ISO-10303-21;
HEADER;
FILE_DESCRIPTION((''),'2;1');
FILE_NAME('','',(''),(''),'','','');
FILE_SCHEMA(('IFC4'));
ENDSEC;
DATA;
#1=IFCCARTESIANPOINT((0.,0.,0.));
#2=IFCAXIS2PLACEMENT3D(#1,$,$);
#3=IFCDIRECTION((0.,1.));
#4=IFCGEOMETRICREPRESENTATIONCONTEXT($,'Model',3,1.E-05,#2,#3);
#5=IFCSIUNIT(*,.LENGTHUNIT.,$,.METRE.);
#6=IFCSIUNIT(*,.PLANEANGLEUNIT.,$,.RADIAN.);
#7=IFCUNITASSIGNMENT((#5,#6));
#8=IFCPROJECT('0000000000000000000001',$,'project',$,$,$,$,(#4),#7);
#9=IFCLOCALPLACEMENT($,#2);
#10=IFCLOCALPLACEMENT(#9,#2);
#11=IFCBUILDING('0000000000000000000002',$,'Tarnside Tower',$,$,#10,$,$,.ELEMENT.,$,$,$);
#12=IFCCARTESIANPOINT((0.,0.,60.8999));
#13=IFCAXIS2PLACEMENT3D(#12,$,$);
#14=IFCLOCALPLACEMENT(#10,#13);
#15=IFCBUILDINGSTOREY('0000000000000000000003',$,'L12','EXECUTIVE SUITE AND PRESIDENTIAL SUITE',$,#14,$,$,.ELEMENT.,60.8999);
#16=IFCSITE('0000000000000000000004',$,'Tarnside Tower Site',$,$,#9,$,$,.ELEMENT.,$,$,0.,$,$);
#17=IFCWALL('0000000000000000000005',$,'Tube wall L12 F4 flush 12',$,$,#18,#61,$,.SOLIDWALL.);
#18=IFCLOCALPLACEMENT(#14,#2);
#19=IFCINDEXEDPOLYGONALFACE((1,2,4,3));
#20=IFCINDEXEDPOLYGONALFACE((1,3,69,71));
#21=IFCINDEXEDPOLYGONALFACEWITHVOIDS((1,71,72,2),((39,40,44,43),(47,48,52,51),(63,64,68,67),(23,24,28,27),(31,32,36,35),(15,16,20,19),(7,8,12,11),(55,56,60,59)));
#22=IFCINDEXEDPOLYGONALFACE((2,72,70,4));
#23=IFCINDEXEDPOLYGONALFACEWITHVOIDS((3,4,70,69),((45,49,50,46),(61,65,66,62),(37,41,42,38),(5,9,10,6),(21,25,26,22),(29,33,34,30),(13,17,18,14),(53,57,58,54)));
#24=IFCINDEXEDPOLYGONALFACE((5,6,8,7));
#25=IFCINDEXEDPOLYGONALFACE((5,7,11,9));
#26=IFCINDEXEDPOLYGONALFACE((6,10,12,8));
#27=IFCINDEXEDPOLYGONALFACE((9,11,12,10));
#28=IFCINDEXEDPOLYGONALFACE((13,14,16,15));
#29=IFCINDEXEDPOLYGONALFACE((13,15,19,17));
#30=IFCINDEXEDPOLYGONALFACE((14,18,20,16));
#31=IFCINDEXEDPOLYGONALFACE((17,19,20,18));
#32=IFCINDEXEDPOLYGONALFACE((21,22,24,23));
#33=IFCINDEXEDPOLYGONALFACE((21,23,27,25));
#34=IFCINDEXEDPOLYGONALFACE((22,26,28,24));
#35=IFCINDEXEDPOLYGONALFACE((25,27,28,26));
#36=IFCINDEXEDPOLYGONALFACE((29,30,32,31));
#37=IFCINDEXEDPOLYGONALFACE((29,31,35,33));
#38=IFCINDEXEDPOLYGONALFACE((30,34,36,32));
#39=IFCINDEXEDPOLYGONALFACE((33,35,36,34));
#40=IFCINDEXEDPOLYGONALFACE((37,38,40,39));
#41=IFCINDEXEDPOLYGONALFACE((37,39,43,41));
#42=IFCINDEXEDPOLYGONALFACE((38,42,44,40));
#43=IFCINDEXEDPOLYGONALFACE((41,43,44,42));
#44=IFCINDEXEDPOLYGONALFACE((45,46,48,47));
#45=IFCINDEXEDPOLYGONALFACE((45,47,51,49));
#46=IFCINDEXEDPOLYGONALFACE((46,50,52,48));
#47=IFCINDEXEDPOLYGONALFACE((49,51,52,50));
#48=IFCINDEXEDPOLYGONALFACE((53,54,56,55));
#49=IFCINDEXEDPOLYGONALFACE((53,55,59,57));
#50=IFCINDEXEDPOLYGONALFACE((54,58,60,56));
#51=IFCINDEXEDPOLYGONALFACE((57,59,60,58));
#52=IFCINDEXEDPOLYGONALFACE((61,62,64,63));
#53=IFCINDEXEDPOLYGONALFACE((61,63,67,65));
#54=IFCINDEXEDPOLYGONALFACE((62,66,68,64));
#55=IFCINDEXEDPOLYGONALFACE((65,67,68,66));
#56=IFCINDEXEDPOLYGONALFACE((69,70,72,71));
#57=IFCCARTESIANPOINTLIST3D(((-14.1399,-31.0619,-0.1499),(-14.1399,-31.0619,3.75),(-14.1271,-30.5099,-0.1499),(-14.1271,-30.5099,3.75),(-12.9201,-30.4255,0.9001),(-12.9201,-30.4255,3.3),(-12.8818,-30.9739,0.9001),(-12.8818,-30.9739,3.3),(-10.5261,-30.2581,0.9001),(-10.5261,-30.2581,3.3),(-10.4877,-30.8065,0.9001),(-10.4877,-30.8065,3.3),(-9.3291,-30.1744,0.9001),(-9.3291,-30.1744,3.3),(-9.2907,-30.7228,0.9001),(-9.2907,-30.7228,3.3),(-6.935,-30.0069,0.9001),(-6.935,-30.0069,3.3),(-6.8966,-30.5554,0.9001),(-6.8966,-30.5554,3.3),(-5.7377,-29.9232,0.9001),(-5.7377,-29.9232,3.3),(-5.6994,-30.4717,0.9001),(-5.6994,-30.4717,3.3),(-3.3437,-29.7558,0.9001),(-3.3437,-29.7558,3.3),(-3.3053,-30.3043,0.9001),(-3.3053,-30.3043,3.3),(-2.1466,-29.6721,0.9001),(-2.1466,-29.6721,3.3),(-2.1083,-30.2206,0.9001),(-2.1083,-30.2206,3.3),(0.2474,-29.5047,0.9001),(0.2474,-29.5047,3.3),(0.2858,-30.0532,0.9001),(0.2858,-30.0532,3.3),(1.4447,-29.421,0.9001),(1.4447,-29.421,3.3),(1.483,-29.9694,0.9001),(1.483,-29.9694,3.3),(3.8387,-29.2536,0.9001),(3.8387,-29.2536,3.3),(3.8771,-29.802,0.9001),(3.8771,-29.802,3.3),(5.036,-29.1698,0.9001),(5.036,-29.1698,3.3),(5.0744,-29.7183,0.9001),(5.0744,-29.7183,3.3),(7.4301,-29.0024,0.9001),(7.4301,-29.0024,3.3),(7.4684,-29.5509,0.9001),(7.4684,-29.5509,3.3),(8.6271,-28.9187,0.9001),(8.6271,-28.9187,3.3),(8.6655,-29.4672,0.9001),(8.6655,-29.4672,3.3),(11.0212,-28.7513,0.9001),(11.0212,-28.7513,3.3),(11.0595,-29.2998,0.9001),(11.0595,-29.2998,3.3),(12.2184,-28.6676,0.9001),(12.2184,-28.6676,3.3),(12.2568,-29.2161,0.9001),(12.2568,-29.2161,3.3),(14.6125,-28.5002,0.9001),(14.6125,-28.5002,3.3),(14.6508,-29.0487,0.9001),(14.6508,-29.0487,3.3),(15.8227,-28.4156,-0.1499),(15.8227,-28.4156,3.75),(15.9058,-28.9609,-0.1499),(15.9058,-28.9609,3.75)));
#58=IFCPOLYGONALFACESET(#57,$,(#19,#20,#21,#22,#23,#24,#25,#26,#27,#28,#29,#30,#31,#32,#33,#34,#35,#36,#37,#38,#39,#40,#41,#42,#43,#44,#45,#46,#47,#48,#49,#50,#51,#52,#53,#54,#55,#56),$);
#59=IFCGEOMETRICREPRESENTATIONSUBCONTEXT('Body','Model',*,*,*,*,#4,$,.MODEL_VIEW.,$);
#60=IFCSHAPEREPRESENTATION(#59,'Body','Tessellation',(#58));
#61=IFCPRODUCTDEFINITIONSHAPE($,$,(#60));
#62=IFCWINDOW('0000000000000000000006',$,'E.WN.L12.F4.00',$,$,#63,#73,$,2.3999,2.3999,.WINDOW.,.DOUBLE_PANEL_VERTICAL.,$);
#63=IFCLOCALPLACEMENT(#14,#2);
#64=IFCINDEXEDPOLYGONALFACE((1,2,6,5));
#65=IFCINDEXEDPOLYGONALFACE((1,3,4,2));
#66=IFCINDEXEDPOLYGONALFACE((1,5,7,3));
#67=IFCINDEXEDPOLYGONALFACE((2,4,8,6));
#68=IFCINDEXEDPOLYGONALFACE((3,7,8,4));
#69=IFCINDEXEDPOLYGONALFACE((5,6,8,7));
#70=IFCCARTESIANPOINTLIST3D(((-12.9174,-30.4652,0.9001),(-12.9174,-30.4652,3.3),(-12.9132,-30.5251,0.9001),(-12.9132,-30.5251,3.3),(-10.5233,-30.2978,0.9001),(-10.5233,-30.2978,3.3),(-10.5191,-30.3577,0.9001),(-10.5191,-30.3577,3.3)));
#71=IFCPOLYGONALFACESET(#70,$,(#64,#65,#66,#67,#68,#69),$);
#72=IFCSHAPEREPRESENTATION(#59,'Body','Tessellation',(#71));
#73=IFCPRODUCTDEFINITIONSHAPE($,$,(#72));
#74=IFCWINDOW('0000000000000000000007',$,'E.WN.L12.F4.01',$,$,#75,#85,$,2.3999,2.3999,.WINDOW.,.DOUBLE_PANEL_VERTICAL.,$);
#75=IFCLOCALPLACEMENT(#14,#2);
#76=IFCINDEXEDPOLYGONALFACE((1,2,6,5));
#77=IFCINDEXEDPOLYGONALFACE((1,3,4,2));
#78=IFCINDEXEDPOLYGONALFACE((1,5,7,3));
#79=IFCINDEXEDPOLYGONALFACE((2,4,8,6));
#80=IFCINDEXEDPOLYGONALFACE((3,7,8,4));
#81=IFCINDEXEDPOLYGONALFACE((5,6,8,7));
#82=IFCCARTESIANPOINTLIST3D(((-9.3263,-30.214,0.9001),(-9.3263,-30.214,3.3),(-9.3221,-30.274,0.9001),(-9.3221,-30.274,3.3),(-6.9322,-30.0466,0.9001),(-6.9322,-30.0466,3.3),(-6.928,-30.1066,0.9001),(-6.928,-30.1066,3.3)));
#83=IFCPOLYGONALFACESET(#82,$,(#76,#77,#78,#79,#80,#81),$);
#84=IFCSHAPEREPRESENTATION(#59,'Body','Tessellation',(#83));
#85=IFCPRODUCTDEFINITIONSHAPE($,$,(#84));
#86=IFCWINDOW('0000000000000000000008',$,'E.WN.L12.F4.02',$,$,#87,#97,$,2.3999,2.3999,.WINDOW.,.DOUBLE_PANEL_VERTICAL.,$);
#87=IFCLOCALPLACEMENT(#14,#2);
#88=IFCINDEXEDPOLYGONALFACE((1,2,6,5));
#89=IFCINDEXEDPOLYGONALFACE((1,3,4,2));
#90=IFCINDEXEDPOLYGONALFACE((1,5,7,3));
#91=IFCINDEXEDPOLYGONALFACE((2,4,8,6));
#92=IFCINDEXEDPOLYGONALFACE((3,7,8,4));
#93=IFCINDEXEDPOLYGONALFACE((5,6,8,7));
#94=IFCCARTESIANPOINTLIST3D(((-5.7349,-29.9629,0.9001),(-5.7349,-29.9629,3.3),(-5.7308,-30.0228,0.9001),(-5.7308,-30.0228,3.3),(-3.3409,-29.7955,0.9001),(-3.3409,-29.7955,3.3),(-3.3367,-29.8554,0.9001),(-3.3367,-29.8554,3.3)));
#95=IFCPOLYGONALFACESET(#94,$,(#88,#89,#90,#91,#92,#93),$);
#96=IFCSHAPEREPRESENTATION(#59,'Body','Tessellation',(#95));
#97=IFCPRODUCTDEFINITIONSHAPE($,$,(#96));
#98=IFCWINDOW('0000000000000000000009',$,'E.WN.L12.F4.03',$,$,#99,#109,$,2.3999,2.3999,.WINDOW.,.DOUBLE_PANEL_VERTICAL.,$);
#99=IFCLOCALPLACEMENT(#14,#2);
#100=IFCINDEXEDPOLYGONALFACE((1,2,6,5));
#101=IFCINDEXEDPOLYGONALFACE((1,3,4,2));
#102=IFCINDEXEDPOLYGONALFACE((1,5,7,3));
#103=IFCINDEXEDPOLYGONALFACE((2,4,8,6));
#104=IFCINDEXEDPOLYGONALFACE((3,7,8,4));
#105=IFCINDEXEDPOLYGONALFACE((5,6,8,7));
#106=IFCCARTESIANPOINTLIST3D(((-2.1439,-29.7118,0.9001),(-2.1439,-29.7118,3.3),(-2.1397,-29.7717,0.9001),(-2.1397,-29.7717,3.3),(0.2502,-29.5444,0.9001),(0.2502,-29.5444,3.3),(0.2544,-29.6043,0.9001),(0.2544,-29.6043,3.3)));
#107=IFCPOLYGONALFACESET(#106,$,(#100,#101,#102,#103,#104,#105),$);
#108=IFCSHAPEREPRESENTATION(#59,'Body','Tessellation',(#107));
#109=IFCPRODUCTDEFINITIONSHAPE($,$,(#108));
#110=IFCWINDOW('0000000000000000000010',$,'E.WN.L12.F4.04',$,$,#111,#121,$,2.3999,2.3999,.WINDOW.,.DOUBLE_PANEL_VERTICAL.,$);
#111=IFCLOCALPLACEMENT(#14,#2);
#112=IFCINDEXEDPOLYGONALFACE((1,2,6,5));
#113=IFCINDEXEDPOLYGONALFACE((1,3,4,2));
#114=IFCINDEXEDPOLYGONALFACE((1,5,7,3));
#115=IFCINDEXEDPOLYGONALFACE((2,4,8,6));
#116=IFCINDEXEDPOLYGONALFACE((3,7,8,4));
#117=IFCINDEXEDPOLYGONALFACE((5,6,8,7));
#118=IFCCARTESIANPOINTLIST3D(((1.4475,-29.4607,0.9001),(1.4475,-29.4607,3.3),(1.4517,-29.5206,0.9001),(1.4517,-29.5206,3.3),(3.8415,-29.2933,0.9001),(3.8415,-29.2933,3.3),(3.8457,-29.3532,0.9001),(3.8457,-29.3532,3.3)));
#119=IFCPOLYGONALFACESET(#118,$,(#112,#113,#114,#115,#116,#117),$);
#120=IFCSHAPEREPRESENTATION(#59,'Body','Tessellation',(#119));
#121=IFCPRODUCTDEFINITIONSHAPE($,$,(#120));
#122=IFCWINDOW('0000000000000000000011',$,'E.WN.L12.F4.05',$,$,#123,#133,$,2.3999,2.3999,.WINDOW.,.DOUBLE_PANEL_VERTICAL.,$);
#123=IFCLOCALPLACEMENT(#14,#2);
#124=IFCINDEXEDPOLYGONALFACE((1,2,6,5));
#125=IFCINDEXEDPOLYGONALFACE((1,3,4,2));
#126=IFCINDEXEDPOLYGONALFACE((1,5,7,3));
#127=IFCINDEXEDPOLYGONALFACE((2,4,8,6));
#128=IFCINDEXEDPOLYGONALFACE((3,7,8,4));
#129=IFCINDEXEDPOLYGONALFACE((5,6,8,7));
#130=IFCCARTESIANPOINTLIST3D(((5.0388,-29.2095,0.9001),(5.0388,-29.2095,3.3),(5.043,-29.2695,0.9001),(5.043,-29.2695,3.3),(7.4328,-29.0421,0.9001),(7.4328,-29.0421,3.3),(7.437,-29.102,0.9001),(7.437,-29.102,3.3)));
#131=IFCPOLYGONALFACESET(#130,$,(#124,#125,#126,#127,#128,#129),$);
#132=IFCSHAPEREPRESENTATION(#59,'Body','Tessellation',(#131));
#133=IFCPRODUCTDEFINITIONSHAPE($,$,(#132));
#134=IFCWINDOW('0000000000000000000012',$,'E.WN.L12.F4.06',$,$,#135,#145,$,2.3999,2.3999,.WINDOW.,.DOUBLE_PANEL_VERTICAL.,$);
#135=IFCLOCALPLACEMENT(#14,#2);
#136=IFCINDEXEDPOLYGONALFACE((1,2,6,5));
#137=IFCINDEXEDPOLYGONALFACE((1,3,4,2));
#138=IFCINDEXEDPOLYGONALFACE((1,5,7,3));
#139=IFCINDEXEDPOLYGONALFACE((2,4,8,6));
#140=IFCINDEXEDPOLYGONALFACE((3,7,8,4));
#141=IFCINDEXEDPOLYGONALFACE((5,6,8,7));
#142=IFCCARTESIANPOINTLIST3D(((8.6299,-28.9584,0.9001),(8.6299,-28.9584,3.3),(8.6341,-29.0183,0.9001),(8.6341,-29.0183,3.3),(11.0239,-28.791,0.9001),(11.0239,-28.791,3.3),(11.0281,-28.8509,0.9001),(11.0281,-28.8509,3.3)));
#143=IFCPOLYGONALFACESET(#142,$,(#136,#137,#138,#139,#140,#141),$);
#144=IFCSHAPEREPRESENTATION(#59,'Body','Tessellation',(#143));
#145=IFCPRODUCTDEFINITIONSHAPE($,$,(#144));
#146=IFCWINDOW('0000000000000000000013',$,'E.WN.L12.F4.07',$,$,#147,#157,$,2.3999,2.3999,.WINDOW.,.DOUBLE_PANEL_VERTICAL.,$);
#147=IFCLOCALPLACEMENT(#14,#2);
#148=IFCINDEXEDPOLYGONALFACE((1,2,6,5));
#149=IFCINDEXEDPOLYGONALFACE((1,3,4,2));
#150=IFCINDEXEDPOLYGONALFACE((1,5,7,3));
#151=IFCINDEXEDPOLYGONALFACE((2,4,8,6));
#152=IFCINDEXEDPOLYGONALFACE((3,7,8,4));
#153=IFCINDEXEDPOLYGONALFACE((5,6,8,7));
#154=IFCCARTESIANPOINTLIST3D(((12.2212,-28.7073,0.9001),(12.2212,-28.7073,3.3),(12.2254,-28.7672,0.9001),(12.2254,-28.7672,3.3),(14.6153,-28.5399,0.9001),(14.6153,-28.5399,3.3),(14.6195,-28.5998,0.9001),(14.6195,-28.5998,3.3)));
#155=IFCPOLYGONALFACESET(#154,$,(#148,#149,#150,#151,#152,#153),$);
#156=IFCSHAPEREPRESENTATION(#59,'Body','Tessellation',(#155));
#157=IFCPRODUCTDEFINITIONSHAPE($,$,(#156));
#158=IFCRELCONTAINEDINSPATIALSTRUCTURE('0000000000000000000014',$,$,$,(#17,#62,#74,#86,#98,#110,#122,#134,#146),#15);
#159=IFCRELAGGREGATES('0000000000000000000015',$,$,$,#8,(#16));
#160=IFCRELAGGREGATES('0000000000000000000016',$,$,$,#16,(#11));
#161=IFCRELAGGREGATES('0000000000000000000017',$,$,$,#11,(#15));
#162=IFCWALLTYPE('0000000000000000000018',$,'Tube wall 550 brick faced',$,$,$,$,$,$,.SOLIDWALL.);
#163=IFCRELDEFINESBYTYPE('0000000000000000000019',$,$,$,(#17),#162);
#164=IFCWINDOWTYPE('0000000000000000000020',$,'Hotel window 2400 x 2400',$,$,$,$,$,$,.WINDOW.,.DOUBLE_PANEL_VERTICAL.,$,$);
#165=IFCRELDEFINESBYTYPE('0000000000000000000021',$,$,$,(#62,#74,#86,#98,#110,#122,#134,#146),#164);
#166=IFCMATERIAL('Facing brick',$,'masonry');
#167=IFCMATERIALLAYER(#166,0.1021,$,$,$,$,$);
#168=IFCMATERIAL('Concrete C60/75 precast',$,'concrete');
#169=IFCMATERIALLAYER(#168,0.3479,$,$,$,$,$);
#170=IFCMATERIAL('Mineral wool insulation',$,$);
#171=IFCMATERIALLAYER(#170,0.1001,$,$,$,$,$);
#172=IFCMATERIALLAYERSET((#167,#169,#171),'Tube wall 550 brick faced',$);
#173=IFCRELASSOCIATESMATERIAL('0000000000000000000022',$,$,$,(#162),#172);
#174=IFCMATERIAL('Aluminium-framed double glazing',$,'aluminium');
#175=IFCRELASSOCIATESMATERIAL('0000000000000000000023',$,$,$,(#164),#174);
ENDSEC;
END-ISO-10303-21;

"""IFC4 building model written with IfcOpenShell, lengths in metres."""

from ifc_helpers import new_model, si_unit, direction, frame, frame_2d, origin, place, context, subcontext, project, spatial, polyline, rectangle, outline, extrude, material, layer, layer_set, type_object, element, fill, save


model = new_model("IFC4")

# Units and contexts
model_context = context("Model", 3, precision=1e-05, world=origin(), true_north=direction((0.0, 1.0)))
body_context = subcontext(model_context, "Body", "Model", "MODEL_VIEW")
ifc_project = project(units=[si_unit("LENGTHUNIT", "METRE"), si_unit("PLANEANGLEUNIT", "RADIAN")], contexts=[model_context])

# Site, building, storey
site_placement = place(None, origin())
site = spatial("IfcSite", under=ifc_project, at=site_placement, Name="Tarnside Tower Site", CompositionType="ELEMENT", RefElevation=0.0)
building_placement = place(site_placement, origin())
building = spatial("IfcBuilding", under=site, at=building_placement, Name="Tarnside Tower", CompositionType="ELEMENT")
storey_placement = place(building_placement, frame((0.0, 0.0, 60.8999)))
storey = spatial("IfcBuildingStorey", under=building, at=storey_placement, Name="L12", Description="EXECUTIVE SUITE AND PRESIDENTIAL SUITE", CompositionType="ELEMENT", Elevation=60.8999)

# Shared definitions
ifc_material_1 = material(Name="Facing brick", Category="masonry")
ifc_layer_1 = layer(ifc_material_1, 0.1021)
ifc_material_2 = material(Name="Concrete C60/75 precast", Category="concrete")
ifc_layer_2 = layer(ifc_material_2, 0.3479)
ifc_material_3 = material(Name="Mineral wool insulation")
ifc_layer_3 = layer(ifc_material_3, 0.1001)
ifc_layer_set_1 = layer_set([ifc_layer_1, ifc_layer_2, ifc_layer_3], Name="Tube wall 550 brick faced")
wall_type_1 = type_object("IfcWallType", Name="Tube wall 550 brick faced", PredefinedType="SOLIDWALL", material=ifc_layer_set_1)

# Wall, openings, windows
wall_1_placement = place(storey_placement, frame((-14.1335, -30.7859, -0.1499), z_axis=(0.0, 0.0, 1.0), x_axis=(0.997564, 0.069757, 0.0)))
wall_1 = element("IfcWall", 1, at=wall_1_placement, inside=storey, type_object=wall_type_1, Name="Tube wall L12 F4 flush 12", PredefinedType="SOLIDWALL", context=body_context, shape_type="SweptSolid", body=[
    extrude(outline(polyline([(-0.0256, -0.2749), (30.0935, -0.2749), (30.0486, 0.2749), (0.0256, 0.2749), (-0.0256, -0.2749)])), origin(), (0.0, 0.0, 1.0), 3.8999),
])
opening_1_placement = place(wall_1_placement, frame((1.2356, 0.0, 1.05)))
opening_1 = element("IfcOpeningElement", 2, at=opening_1_placement, cuts=wall_1, PredefinedType="OPENING", context=body_context, shape_type="SweptSolid", body=[
    extrude(rectangle(XDim=2.3999, YDim=2.3999, at=frame_2d((1.2, 1.2))), frame((0.0, 0.2852, 0.0), z_axis=(0.0, -1.0, 0.0), x_axis=(1.0, 0.0, 0.0)), (0.0, 0.0, 1.0), 0.5701),
])
opening_2_placement = place(wall_1_placement, frame((4.8354, 0.0, 1.05)))
opening_2 = element("IfcOpeningElement", 3, at=opening_2_placement, cuts=wall_1, PredefinedType="OPENING", context=body_context, shape_type="SweptSolid", body=[
    extrude(rectangle(XDim=2.3999, YDim=2.3999, at=frame_2d((1.2, 1.2))), frame((0.0, 0.2852, 0.0), z_axis=(0.0, -1.0, 0.0), x_axis=(1.0, 0.0, 0.0)), (0.0, 0.0, 1.0), 0.5701),
])
opening_3_placement = place(wall_1_placement, frame((8.4355, 0.0, 1.05)))
opening_3 = element("IfcOpeningElement", 4, at=opening_3_placement, cuts=wall_1, PredefinedType="OPENING", context=body_context, shape_type="SweptSolid", body=[
    extrude(rectangle(XDim=2.3999, YDim=2.3999, at=frame_2d((1.2, 1.2))), frame((0.0, 0.2852, 0.0), z_axis=(0.0, -1.0, 0.0), x_axis=(1.0, 0.0, 0.0)), (0.0, 0.0, 1.0), 0.5701),
])
opening_4_placement = place(wall_1_placement, frame((12.0354, 0.0, 1.05)))
opening_4 = element("IfcOpeningElement", 5, at=opening_4_placement, cuts=wall_1, PredefinedType="OPENING", context=body_context, shape_type="SweptSolid", body=[
    extrude(rectangle(XDim=2.3999, YDim=2.3999, at=frame_2d((1.2, 1.2))), frame((0.0, 0.2852, 0.0), z_axis=(0.0, -1.0, 0.0), x_axis=(1.0, 0.0, 0.0)), (0.0, 0.0, 1.0), 0.5701),
])
opening_5_placement = place(wall_1_placement, frame((15.6355, 0.0, 1.05)))
opening_5 = element("IfcOpeningElement", 6, at=opening_5_placement, cuts=wall_1, PredefinedType="OPENING", context=body_context, shape_type="SweptSolid", body=[
    extrude(rectangle(XDim=2.3999, YDim=2.3999, at=frame_2d((1.2, 1.2))), frame((0.0, 0.2852, 0.0), z_axis=(0.0, -1.0, 0.0), x_axis=(1.0, 0.0, 0.0)), (0.0, 0.0, 1.0), 0.5701),
])
opening_6_placement = place(wall_1_placement, frame((19.2356, 0.0, 1.05)))
opening_6 = element("IfcOpeningElement", 7, at=opening_6_placement, cuts=wall_1, PredefinedType="OPENING", context=body_context, shape_type="SweptSolid", body=[
    extrude(rectangle(XDim=2.3999, YDim=2.3999, at=frame_2d((1.2, 1.2))), frame((0.0, 0.2852, 0.0), z_axis=(0.0, -1.0, 0.0), x_axis=(1.0, 0.0, 0.0)), (0.0, 0.0, 1.0), 0.5701),
])
opening_7_placement = place(wall_1_placement, frame((22.8354, 0.0, 1.05)))
opening_7 = element("IfcOpeningElement", 8, at=opening_7_placement, cuts=wall_1, PredefinedType="OPENING", context=body_context, shape_type="SweptSolid", body=[
    extrude(rectangle(XDim=2.3999, YDim=2.3999, at=frame_2d((1.2, 1.2))), frame((0.0, 0.2852, 0.0), z_axis=(0.0, -1.0, 0.0), x_axis=(1.0, 0.0, 0.0)), (0.0, 0.0, 1.0), 0.5701),
])
opening_8_placement = place(wall_1_placement, frame((26.4355, 0.0, 1.05)))
opening_8 = element("IfcOpeningElement", 9, at=opening_8_placement, cuts=wall_1, PredefinedType="OPENING", context=body_context, shape_type="SweptSolid", body=[
    extrude(rectangle(XDim=2.3999, YDim=2.3999, at=frame_2d((1.2, 1.2))), frame((0.0, 0.2852, 0.0), z_axis=(0.0, -1.0, 0.0), x_axis=(1.0, 0.0, 0.0)), (0.0, 0.0, 1.0), 0.5701),
])
ifc_material_4 = material(Name="Aluminium-framed double glazing", Category="aluminium")
window_type = type_object("IfcWindowType", Name="Hotel window 2400 x 2400", PartitioningType="DOUBLE_PANEL_VERTICAL", PredefinedType="WINDOW", material=ifc_material_4)
window_1_placement = place(opening_1_placement, frame((0.0, 0.2051, 0.0)))
window_1 = element("IfcWindow", 10, at=window_1_placement, inside=storey, type_object=window_type, Name="E.WN.L12.F4.00", OverallHeight=2.3999, OverallWidth=2.3999, PartitioningType="DOUBLE_PANEL_VERTICAL", PredefinedType="WINDOW", context=body_context, shape_type="SweptSolid", body=[
    extrude(rectangle(XDim=2.3999, YDim=2.3999, at=frame_2d((1.2, 1.2))), frame((0.0, 0.03, 0.0), z_axis=(0.0, -1.0, 0.0), x_axis=(1.0, 0.0, 0.0)), (0.0, 0.0, 1.0), 0.0601),
])
fill(opening_1, window_1)
window_2_placement = place(opening_2_placement, frame((0.0, 0.2051, 0.0)))
window_2 = element("IfcWindow", 11, at=window_2_placement, inside=storey, type_object=window_type, Name="E.WN.L12.F4.01", OverallHeight=2.3999, OverallWidth=2.3999, PartitioningType="DOUBLE_PANEL_VERTICAL", PredefinedType="WINDOW", context=body_context, shape_type="SweptSolid", body=[
    extrude(rectangle(XDim=2.3999, YDim=2.3999, at=frame_2d((1.2, 1.2))), frame((0.0, 0.03, 0.0), z_axis=(0.0, -1.0, 0.0), x_axis=(1.0, 0.0, 0.0)), (0.0, 0.0, 1.0), 0.0601),
])
fill(opening_2, window_2)
window_3_placement = place(opening_3_placement, frame((0.0, 0.2051, 0.0)))
window_3 = element("IfcWindow", 12, at=window_3_placement, inside=storey, type_object=window_type, Name="E.WN.L12.F4.02", OverallHeight=2.3999, OverallWidth=2.3999, PartitioningType="DOUBLE_PANEL_VERTICAL", PredefinedType="WINDOW", context=body_context, shape_type="SweptSolid", body=[
    extrude(rectangle(XDim=2.3999, YDim=2.3999, at=frame_2d((1.2, 1.2))), frame((0.0, 0.03, 0.0), z_axis=(0.0, -1.0, 0.0), x_axis=(1.0, 0.0, 0.0)), (0.0, 0.0, 1.0), 0.0601),
])
fill(opening_3, window_3)
window_4_placement = place(opening_4_placement, frame((0.0, 0.2051, 0.0)))
window_4 = element("IfcWindow", 13, at=window_4_placement, inside=storey, type_object=window_type, Name="E.WN.L12.F4.03", OverallHeight=2.3999, OverallWidth=2.3999, PartitioningType="DOUBLE_PANEL_VERTICAL", PredefinedType="WINDOW", context=body_context, shape_type="SweptSolid", body=[
    extrude(rectangle(XDim=2.3999, YDim=2.3999, at=frame_2d((1.2, 1.2))), frame((0.0, 0.03, 0.0), z_axis=(0.0, -1.0, 0.0), x_axis=(1.0, 0.0, 0.0)), (0.0, 0.0, 1.0), 0.0601),
])
fill(opening_4, window_4)
window_5_placement = place(opening_5_placement, frame((0.0, 0.2051, 0.0)))
window_5 = element("IfcWindow", 14, at=window_5_placement, inside=storey, type_object=window_type, Name="E.WN.L12.F4.04", OverallHeight=2.3999, OverallWidth=2.3999, PartitioningType="DOUBLE_PANEL_VERTICAL", PredefinedType="WINDOW", context=body_context, shape_type="SweptSolid", body=[
    extrude(rectangle(XDim=2.3999, YDim=2.3999, at=frame_2d((1.2, 1.2))), frame((0.0, 0.03, 0.0), z_axis=(0.0, -1.0, 0.0), x_axis=(1.0, 0.0, 0.0)), (0.0, 0.0, 1.0), 0.0601),
])
fill(opening_5, window_5)
window_6_placement = place(opening_6_placement, frame((0.0, 0.2051, 0.0)))
window_6 = element("IfcWindow", 15, at=window_6_placement, inside=storey, type_object=window_type, Name="E.WN.L12.F4.05", OverallHeight=2.3999, OverallWidth=2.3999, PartitioningType="DOUBLE_PANEL_VERTICAL", PredefinedType="WINDOW", context=body_context, shape_type="SweptSolid", body=[
    extrude(rectangle(XDim=2.3999, YDim=2.3999, at=frame_2d((1.2, 1.2))), frame((0.0, 0.03, 0.0), z_axis=(0.0, -1.0, 0.0), x_axis=(1.0, 0.0, 0.0)), (0.0, 0.0, 1.0), 0.0601),
])
fill(opening_6, window_6)
window_7_placement = place(opening_7_placement, frame((0.0, 0.2051, 0.0)))
window_7 = element("IfcWindow", 16, at=window_7_placement, inside=storey, type_object=window_type, Name="E.WN.L12.F4.06", OverallHeight=2.3999, OverallWidth=2.3999, PartitioningType="DOUBLE_PANEL_VERTICAL", PredefinedType="WINDOW", context=body_context, shape_type="SweptSolid", body=[
    extrude(rectangle(XDim=2.3999, YDim=2.3999, at=frame_2d((1.2, 1.2))), frame((0.0, 0.03, 0.0), z_axis=(0.0, -1.0, 0.0), x_axis=(1.0, 0.0, 0.0)), (0.0, 0.0, 1.0), 0.0601),
])
fill(opening_7, window_7)
window_8_placement = place(opening_8_placement, frame((0.0, 0.2051, 0.0)))
window_8 = element("IfcWindow", 17, at=window_8_placement, inside=storey, type_object=window_type, Name="E.WN.L12.F4.07", OverallHeight=2.3999, OverallWidth=2.3999, PartitioningType="DOUBLE_PANEL_VERTICAL", PredefinedType="WINDOW", context=body_context, shape_type="SweptSolid", body=[
    extrude(rectangle(XDim=2.3999, YDim=2.3999, at=frame_2d((1.2, 1.2))), frame((0.0, 0.03, 0.0), z_axis=(0.0, -1.0, 0.0), x_axis=(1.0, 0.0, 0.0)), (0.0, 0.0, 1.0), 0.0601),
])
fill(opening_8, window_8)

save(model, "model.ifc")
